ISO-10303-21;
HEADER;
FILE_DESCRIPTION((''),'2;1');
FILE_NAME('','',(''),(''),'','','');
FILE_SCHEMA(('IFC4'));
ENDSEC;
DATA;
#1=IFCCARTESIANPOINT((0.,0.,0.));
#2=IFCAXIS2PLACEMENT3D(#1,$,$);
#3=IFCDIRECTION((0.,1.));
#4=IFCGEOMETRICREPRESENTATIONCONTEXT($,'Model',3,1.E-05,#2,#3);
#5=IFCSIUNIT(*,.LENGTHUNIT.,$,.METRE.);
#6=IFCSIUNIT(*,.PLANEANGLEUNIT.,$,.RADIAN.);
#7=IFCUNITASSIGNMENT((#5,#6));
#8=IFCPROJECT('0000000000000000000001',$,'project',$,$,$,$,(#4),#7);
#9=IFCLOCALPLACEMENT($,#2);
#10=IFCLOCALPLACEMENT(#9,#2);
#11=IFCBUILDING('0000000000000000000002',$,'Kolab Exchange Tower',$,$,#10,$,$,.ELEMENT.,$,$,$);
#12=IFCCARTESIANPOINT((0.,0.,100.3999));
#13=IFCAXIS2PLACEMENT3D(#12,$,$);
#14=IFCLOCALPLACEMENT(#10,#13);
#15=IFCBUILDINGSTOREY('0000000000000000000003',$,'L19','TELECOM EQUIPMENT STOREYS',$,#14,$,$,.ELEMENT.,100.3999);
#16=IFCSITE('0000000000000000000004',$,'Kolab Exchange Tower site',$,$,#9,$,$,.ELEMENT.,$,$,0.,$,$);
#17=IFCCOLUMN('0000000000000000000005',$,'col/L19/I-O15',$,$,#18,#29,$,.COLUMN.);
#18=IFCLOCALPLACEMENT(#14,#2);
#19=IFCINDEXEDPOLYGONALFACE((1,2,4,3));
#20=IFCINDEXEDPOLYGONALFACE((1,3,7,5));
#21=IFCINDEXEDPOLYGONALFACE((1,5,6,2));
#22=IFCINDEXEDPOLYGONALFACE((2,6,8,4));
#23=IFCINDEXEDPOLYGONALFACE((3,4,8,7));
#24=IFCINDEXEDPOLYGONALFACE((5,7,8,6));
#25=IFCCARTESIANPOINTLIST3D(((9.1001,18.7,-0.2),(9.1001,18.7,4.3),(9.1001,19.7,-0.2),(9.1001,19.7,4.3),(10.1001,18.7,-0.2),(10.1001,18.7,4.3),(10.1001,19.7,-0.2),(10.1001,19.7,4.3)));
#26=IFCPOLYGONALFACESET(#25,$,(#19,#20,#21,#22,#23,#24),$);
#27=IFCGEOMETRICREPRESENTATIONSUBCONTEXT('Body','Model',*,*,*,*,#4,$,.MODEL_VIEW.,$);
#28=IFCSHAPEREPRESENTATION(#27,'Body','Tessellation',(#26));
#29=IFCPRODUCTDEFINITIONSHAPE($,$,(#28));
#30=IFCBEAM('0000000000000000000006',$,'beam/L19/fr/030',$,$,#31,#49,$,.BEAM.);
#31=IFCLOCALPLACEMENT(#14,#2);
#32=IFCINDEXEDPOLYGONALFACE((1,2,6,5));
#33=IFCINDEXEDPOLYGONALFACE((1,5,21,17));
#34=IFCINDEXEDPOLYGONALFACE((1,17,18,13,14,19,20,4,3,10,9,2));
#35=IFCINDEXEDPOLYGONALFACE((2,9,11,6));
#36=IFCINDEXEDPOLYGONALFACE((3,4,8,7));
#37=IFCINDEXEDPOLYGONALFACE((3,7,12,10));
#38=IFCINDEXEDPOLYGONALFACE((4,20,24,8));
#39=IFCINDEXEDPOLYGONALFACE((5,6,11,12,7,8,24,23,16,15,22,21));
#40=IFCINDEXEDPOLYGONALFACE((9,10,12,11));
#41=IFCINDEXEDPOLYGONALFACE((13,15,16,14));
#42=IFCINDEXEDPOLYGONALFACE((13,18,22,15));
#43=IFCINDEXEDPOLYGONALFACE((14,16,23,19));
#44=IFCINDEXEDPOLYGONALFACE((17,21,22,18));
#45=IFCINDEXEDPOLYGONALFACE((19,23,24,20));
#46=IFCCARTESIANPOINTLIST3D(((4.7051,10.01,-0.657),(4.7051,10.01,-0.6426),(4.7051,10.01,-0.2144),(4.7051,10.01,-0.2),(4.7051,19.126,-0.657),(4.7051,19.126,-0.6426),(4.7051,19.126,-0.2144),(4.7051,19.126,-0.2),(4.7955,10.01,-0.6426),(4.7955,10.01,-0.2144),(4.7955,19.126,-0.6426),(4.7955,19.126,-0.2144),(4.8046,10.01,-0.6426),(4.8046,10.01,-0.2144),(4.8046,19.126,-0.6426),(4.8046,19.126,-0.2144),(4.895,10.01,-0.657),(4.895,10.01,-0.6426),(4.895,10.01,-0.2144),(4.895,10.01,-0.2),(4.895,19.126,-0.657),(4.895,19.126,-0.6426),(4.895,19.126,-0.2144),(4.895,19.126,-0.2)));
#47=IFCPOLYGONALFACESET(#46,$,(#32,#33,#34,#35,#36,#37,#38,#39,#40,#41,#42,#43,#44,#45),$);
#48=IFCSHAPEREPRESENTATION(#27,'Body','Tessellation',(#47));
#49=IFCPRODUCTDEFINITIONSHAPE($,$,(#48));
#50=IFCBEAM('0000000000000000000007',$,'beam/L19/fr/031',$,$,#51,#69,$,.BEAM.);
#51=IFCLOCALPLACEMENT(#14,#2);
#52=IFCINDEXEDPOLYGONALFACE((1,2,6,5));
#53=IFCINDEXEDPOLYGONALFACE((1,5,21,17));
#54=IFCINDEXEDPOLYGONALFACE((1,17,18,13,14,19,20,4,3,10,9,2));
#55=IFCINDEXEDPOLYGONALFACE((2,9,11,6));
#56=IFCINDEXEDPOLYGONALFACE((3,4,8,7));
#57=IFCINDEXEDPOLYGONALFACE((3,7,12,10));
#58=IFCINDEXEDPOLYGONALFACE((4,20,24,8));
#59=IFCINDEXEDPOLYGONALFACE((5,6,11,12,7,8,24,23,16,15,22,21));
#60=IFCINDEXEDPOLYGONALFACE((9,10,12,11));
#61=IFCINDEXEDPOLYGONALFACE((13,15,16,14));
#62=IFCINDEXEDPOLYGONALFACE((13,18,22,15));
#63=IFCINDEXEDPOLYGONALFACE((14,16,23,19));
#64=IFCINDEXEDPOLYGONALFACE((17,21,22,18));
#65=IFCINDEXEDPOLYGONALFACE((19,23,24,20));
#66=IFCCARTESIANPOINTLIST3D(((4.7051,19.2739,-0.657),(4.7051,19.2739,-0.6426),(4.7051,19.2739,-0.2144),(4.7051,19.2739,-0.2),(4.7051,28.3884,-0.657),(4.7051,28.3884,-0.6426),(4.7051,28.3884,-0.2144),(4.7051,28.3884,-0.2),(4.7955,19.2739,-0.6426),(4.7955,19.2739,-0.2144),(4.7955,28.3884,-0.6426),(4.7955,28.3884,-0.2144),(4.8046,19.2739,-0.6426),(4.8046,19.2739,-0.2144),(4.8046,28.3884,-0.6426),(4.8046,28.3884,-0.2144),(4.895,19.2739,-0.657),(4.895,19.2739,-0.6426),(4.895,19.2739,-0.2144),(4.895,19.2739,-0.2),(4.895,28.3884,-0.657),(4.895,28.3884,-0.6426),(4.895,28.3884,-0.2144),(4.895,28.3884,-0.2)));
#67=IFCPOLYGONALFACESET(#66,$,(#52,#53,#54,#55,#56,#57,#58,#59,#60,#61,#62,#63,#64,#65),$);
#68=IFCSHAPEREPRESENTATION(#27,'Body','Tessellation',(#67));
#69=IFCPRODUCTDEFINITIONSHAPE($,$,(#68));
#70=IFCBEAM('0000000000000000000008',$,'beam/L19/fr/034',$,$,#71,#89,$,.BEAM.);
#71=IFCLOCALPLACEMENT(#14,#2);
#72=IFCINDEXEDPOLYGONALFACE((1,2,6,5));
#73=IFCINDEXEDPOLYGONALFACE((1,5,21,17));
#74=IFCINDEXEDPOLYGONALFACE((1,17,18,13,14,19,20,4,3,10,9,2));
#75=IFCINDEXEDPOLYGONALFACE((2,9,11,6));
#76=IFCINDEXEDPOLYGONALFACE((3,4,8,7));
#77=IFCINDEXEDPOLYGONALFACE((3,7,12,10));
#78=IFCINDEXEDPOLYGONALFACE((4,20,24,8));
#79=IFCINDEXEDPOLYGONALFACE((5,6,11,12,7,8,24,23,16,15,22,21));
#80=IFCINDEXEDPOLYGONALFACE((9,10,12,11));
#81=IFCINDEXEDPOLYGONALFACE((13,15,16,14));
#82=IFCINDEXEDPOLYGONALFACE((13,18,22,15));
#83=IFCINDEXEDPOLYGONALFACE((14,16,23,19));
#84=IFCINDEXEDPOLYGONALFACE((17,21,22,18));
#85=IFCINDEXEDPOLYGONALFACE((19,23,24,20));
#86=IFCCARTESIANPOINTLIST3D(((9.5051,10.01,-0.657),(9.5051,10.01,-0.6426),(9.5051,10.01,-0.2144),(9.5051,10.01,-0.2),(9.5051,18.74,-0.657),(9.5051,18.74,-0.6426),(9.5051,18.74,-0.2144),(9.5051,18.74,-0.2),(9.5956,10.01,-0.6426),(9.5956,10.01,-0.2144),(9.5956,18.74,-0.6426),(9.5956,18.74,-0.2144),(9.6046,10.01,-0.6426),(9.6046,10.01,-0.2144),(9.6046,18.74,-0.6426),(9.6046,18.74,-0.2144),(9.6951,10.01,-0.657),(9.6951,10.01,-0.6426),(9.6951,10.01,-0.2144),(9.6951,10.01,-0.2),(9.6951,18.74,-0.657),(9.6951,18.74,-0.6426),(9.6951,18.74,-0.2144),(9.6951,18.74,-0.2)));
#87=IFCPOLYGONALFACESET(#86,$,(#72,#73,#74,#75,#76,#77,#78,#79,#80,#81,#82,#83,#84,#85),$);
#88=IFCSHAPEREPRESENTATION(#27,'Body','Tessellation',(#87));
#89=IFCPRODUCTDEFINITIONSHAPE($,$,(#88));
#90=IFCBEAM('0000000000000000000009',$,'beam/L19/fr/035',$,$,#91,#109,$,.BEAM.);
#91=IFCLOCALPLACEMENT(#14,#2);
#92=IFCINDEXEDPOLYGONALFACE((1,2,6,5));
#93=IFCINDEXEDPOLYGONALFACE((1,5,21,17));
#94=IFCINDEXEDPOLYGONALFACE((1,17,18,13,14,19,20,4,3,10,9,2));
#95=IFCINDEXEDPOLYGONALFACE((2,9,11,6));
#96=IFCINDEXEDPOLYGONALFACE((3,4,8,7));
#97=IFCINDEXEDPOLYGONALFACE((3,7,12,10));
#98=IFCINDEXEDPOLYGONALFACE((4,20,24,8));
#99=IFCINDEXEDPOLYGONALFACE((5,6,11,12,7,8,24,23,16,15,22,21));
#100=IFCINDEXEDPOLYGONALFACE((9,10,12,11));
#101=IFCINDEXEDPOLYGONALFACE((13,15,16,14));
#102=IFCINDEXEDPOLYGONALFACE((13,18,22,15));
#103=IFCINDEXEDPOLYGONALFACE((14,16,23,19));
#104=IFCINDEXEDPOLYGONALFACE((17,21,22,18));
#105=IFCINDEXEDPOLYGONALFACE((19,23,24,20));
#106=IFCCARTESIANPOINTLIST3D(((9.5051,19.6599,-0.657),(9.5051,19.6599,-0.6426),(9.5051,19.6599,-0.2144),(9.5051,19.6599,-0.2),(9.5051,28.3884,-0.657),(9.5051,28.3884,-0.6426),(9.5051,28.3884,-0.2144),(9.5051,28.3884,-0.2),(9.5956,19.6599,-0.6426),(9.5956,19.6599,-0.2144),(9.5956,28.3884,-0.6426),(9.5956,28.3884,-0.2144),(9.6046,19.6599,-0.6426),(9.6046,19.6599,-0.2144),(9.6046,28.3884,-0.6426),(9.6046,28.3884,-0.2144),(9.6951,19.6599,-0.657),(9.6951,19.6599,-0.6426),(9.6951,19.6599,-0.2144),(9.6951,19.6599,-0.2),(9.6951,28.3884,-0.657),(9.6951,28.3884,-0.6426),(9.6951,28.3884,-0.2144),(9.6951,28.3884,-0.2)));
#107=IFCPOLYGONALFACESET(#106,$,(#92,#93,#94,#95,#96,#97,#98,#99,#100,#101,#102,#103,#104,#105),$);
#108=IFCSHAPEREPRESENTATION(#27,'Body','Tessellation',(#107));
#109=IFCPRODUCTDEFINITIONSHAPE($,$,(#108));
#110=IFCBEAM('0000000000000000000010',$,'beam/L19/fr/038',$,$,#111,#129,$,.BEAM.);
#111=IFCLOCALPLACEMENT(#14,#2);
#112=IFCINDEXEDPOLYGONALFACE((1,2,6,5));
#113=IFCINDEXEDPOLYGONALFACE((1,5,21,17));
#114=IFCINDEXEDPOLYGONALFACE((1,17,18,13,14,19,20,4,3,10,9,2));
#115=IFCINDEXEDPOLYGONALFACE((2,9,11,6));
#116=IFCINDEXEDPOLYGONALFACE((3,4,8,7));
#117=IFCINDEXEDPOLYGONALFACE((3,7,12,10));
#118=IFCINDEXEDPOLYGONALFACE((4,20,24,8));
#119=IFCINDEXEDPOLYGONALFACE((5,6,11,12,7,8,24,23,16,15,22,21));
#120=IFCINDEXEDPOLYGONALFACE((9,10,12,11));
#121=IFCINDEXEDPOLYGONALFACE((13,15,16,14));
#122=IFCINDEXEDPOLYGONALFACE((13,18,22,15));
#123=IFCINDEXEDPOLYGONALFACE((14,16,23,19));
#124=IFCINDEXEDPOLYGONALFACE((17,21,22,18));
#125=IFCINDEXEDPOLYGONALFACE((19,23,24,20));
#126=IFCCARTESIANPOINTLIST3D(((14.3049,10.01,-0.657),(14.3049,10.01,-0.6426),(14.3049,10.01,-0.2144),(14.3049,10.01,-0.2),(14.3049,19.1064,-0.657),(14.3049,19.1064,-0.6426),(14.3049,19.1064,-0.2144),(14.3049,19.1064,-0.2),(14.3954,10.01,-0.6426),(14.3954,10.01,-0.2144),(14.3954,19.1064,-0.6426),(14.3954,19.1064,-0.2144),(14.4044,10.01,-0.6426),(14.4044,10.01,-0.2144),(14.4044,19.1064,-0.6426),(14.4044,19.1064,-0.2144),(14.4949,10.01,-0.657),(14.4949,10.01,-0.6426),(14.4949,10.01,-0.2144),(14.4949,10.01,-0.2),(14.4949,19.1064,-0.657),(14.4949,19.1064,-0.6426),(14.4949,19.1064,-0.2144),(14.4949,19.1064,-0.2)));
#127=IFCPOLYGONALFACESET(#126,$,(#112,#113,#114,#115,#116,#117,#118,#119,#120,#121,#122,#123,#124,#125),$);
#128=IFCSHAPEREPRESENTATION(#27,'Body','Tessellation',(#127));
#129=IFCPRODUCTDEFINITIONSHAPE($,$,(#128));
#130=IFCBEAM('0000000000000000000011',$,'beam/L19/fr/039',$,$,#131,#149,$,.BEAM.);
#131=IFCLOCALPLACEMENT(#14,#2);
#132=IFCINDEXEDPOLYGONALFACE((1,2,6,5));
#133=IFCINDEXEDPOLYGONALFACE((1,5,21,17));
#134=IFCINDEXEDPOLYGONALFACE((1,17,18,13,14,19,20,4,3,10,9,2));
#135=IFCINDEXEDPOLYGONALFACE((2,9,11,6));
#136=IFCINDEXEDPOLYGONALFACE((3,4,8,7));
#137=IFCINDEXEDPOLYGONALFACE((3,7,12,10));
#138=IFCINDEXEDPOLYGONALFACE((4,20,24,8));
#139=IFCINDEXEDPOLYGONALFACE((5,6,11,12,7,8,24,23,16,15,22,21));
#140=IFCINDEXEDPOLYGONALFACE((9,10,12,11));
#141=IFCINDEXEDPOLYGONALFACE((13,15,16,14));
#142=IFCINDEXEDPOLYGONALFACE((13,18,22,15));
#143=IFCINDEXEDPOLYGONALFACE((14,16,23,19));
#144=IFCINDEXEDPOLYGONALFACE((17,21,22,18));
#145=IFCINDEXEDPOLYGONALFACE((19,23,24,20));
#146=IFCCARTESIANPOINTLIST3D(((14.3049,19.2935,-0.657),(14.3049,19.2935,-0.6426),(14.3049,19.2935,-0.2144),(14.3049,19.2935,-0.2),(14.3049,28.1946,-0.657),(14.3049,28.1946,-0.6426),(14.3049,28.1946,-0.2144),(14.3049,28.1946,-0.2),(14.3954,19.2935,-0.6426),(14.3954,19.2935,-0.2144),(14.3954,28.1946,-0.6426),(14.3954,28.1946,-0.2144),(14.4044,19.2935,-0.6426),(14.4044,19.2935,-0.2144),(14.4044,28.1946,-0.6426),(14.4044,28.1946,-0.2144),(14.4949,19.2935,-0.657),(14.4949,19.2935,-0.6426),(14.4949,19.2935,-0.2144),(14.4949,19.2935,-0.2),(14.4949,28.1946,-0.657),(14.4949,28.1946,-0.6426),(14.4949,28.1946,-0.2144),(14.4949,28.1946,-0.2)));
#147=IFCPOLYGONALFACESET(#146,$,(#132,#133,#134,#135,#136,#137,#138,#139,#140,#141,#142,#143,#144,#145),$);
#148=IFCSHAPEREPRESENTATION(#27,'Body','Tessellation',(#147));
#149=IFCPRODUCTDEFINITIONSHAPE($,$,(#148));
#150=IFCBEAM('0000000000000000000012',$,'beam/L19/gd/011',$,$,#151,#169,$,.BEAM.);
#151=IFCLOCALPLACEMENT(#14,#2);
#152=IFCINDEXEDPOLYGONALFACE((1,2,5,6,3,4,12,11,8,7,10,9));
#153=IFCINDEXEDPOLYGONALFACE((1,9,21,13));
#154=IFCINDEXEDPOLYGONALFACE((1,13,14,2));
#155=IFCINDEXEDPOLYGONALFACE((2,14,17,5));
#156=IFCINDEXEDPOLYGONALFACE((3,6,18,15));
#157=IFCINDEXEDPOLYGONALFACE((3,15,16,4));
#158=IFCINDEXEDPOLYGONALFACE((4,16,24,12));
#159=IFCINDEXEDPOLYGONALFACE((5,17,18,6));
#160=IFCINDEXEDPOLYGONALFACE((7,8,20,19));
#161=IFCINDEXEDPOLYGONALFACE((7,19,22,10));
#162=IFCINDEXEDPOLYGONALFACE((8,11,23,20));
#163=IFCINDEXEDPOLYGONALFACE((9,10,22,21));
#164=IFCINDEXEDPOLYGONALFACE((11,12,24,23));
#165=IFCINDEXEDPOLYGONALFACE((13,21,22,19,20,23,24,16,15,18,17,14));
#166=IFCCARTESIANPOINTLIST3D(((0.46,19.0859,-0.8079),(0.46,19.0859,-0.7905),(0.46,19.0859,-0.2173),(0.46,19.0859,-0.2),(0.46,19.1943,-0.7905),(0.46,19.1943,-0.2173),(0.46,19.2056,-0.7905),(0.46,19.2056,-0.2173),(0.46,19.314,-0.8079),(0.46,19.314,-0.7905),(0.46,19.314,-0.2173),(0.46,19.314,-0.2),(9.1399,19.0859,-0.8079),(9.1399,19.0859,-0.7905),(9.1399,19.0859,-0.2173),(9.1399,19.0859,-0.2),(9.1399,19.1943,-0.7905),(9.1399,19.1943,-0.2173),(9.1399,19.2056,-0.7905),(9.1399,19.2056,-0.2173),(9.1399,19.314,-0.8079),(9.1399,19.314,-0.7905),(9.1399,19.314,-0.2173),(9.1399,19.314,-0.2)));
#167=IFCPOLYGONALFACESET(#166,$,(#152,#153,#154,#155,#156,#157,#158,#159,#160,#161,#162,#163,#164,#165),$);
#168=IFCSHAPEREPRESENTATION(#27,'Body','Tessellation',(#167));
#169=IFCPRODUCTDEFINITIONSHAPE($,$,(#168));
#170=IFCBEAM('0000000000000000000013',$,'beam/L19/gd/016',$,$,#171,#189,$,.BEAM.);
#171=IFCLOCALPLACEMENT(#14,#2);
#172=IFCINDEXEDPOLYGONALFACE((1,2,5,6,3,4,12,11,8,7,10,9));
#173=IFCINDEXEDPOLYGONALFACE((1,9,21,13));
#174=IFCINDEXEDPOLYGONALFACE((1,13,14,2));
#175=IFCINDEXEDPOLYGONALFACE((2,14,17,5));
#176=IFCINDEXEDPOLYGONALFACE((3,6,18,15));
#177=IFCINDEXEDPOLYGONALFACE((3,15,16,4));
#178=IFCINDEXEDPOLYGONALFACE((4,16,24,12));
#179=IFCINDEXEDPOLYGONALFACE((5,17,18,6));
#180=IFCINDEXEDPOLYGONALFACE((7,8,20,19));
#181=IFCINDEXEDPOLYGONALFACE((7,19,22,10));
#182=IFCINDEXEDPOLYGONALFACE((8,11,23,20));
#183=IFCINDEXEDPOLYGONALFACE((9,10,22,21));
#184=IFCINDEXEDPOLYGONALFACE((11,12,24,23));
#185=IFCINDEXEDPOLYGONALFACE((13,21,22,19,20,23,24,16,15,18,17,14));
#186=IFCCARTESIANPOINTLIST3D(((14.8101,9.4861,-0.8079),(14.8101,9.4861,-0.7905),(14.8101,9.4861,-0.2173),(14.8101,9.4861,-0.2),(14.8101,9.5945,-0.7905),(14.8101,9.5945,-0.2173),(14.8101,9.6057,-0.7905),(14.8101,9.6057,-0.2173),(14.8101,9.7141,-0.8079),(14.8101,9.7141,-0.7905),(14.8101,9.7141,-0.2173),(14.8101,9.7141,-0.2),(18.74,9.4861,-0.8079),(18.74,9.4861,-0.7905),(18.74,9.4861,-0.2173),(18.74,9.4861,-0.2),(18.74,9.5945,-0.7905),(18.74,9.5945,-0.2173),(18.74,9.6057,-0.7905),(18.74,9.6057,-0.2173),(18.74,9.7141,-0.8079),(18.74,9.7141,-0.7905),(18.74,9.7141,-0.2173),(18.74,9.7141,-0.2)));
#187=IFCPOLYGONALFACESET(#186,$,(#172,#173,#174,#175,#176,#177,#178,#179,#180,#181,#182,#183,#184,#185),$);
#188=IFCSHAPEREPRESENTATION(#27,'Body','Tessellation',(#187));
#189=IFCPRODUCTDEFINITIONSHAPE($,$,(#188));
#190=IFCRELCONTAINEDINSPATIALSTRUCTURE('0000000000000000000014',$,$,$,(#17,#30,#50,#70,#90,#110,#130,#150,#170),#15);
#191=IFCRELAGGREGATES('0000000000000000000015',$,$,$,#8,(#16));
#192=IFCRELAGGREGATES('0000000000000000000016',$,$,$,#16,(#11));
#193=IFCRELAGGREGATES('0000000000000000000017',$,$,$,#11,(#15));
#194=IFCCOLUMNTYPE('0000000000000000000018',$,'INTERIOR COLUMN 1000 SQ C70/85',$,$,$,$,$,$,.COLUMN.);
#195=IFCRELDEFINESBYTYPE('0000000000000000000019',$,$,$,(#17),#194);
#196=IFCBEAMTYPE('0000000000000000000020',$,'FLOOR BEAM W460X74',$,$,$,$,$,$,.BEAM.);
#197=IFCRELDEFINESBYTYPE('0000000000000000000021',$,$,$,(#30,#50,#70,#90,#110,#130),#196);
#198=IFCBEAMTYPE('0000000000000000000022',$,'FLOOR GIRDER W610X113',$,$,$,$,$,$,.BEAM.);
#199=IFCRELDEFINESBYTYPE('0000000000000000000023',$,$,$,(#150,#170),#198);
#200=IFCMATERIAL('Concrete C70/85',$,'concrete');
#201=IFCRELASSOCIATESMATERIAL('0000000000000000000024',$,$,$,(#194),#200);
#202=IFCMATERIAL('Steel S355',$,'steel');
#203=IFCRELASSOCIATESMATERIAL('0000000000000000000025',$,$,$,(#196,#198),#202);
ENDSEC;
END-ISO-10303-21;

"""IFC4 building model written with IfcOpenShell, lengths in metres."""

from ifc_helpers import new_model, si_unit, direction, frame, origin, origin_2d, place, context, subcontext, project, spatial, rectangle, i_section, extrude, material, material_profile, profile_set, type_object, element, save


model = new_model("IFC4")

# Units and contexts
model_context = context("Model", 3, precision=1e-05, world=origin(), true_north=direction((0.0, 1.0)))
body_context = subcontext(model_context, "Body", "Model", "MODEL_VIEW")
ifc_project = project(units=[si_unit("LENGTHUNIT", "METRE"), si_unit("PLANEANGLEUNIT", "RADIAN")], contexts=[model_context])

# Site, building, storey
site_placement = place(None, origin())
site = spatial("IfcSite", under=ifc_project, at=site_placement, Name="Kolab Exchange Tower site", CompositionType="ELEMENT", RefElevation=0.0)
building_placement = place(site_placement, origin())
building = spatial("IfcBuilding", under=site, at=building_placement, Name="Kolab Exchange Tower", CompositionType="ELEMENT")
storey_placement = place(building_placement, frame((0.0, 0.0, 100.3999)))
storey = spatial("IfcBuildingStorey", under=building, at=storey_placement, Name="L19", Description="TELECOM EQUIPMENT STOREYS", CompositionType="ELEMENT", Elevation=100.3999)

# Column
ifc_material_1 = material(Name="Concrete C70/85", Category="concrete")
ifc_material_profile_1 = material_profile(ifc_material_1, rectangle(XDim=1.0, YDim=1.0, at=origin_2d()), Name="RC1000")
ifc_profile_set_1 = profile_set([ifc_material_profile_1], Name="Concrete C70/85")
column_type = type_object("IfcColumnType", Name="INTERIOR COLUMN 1000 SQ C70/85", PredefinedType="COLUMN", material=ifc_profile_set_1)
column_placement = place(storey_placement, frame((9.6001, 19.2, -0.2), z_axis=(0.0, 0.0, 1.0), x_axis=(1.0, 0.0, 0.0)))
element("IfcColumn", 1, at=column_placement, inside=storey, type_object=column_type, Name="col/L19/I-O15", PredefinedType="COLUMN", context=body_context, shape_type="SweptSolid", body=[
    extrude(rectangle(XDim=1.0, YDim=1.0, at=origin_2d()), origin(), (0.0, 0.0, 1.0), 4.5),
])

# Beams
ifc_material_2 = material(Name="Steel S355", Category="steel")
ifc_material_profile_2 = material_profile(ifc_material_2, i_section(OverallWidth=0.1899, OverallDepth=0.457, WebThickness=0.009, FlangeThickness=0.0144, at=origin_2d()), Name="W460X74")
ifc_profile_set_2 = profile_set([ifc_material_profile_2], Name="Steel S355")
beam_type_1 = type_object("IfcBeamType", Name="FLOOR BEAM W460X74", PredefinedType="BEAM", material=ifc_profile_set_2)
beam_1_placement = place(storey_placement, frame((4.8, 10.01, -0.4285), z_axis=(0.0, 1.0, 0.0), x_axis=(-1.0, 0.0, 0.0)))
element("IfcBeam", 2, at=beam_1_placement, inside=storey, type_object=beam_type_1, Name="beam/L19/fr/030", PredefinedType="BEAM", context=body_context, shape_type="SweptSolid", body=[
    extrude(i_section(OverallWidth=0.1899, OverallDepth=0.457, WebThickness=0.009, FlangeThickness=0.0144, at=origin_2d()), origin(), (0.0, 0.0, 1.0), 9.116),
])
beam_2_placement = place(storey_placement, frame((4.8, 19.2739, -0.4285), z_axis=(0.0, 1.0, 0.0), x_axis=(-1.0, 0.0, 0.0)))
element("IfcBeam", 3, at=beam_2_placement, inside=storey, type_object=beam_type_1, Name="beam/L19/fr/031", PredefinedType="BEAM", context=body_context, shape_type="SweptSolid", body=[
    extrude(i_section(OverallWidth=0.1899, OverallDepth=0.457, WebThickness=0.009, FlangeThickness=0.0144, at=origin_2d()), origin(), (0.0, 0.0, 1.0), 9.1145),
])
beam_3_placement = place(storey_placement, frame((9.6001, 10.01, -0.4285), z_axis=(0.0, 1.0, 0.0), x_axis=(-1.0, 0.0, 0.0)))
element("IfcBeam", 4, at=beam_3_placement, inside=storey, type_object=beam_type_1, Name="beam/L19/fr/034", PredefinedType="BEAM", context=body_context, shape_type="SweptSolid", body=[
    extrude(i_section(OverallWidth=0.1899, OverallDepth=0.457, WebThickness=0.009, FlangeThickness=0.0144, at=origin_2d()), origin(), (0.0, 0.0, 1.0), 8.73),
])
beam_4_placement = place(storey_placement, frame((9.6001, 19.6599, -0.4285), z_axis=(0.0, 1.0, 0.0), x_axis=(-1.0, 0.0, 0.0)))
element("IfcBeam", 5, at=beam_4_placement, inside=storey, type_object=beam_type_1, Name="beam/L19/fr/035", PredefinedType="BEAM", context=body_context, shape_type="SweptSolid", body=[
    extrude(i_section(OverallWidth=0.1899, OverallDepth=0.457, WebThickness=0.009, FlangeThickness=0.0144, at=origin_2d()), origin(), (0.0, 0.0, 1.0), 8.7285),
])
beam_5_placement = place(storey_placement, frame((14.3999, 10.01, -0.4285), z_axis=(0.0, 1.0, 0.0), x_axis=(-1.0, 0.0, 0.0)))
element("IfcBeam", 6, at=beam_5_placement, inside=storey, type_object=beam_type_1, Name="beam/L19/fr/038", PredefinedType="BEAM", context=body_context, shape_type="SweptSolid", body=[
    extrude(i_section(OverallWidth=0.1899, OverallDepth=0.457, WebThickness=0.009, FlangeThickness=0.0144, at=origin_2d()), origin(), (0.0, 0.0, 1.0), 9.0964),
])
beam_6_placement = place(storey_placement, frame((14.3999, 19.2935, -0.4285), z_axis=(0.0, 1.0, 0.0), x_axis=(-1.0, 0.0, 0.0)))
element("IfcBeam", 7, at=beam_6_placement, inside=storey, type_object=beam_type_1, Name="beam/L19/fr/039", PredefinedType="BEAM", context=body_context, shape_type="SweptSolid", body=[
    extrude(i_section(OverallWidth=0.1899, OverallDepth=0.457, WebThickness=0.009, FlangeThickness=0.0144, at=origin_2d()), origin(), (0.0, 0.0, 1.0), 8.9011),
])
ifc_material_profile_3 = material_profile(ifc_material_2, i_section(OverallWidth=0.228, OverallDepth=0.6079, WebThickness=0.0112, FlangeThickness=0.0173, at=origin_2d()), Name="W610X113")
ifc_profile_set_3 = profile_set([ifc_material_profile_3], Name="Steel S355")
beam_type_2 = type_object("IfcBeamType", Name="FLOOR GIRDER W610X113", PredefinedType="BEAM", material=ifc_profile_set_3)
beam_7_placement = place(storey_placement, frame((0.46, 19.2, -0.5039), z_axis=(1.0, 0.0, 0.0), x_axis=(0.0, 1.0, 0.0)))
element("IfcBeam", 8, at=beam_7_placement, inside=storey, type_object=beam_type_2, Name="beam/L19/gd/011", PredefinedType="BEAM", context=body_context, shape_type="SweptSolid", body=[
    extrude(i_section(OverallWidth=0.228, OverallDepth=0.6079, WebThickness=0.0112, FlangeThickness=0.0173, at=origin_2d()), origin(), (0.0, 0.0, 1.0), 8.6799),
])
beam_8_placement = place(storey_placement, frame((14.8101, 9.6001, -0.5039), z_axis=(1.0, 0.0, 0.0), x_axis=(0.0, 1.0, 0.0)))
element("IfcBeam", 9, at=beam_8_placement, inside=storey, type_object=beam_type_2, Name="beam/L19/gd/016", PredefinedType="BEAM", context=body_context, shape_type="SweptSolid", body=[
    extrude(i_section(OverallWidth=0.228, OverallDepth=0.6079, WebThickness=0.0112, FlangeThickness=0.0173, at=origin_2d()), origin(), (0.0, 0.0, 1.0), 3.9299),
])

save(model, "model.ifc")
